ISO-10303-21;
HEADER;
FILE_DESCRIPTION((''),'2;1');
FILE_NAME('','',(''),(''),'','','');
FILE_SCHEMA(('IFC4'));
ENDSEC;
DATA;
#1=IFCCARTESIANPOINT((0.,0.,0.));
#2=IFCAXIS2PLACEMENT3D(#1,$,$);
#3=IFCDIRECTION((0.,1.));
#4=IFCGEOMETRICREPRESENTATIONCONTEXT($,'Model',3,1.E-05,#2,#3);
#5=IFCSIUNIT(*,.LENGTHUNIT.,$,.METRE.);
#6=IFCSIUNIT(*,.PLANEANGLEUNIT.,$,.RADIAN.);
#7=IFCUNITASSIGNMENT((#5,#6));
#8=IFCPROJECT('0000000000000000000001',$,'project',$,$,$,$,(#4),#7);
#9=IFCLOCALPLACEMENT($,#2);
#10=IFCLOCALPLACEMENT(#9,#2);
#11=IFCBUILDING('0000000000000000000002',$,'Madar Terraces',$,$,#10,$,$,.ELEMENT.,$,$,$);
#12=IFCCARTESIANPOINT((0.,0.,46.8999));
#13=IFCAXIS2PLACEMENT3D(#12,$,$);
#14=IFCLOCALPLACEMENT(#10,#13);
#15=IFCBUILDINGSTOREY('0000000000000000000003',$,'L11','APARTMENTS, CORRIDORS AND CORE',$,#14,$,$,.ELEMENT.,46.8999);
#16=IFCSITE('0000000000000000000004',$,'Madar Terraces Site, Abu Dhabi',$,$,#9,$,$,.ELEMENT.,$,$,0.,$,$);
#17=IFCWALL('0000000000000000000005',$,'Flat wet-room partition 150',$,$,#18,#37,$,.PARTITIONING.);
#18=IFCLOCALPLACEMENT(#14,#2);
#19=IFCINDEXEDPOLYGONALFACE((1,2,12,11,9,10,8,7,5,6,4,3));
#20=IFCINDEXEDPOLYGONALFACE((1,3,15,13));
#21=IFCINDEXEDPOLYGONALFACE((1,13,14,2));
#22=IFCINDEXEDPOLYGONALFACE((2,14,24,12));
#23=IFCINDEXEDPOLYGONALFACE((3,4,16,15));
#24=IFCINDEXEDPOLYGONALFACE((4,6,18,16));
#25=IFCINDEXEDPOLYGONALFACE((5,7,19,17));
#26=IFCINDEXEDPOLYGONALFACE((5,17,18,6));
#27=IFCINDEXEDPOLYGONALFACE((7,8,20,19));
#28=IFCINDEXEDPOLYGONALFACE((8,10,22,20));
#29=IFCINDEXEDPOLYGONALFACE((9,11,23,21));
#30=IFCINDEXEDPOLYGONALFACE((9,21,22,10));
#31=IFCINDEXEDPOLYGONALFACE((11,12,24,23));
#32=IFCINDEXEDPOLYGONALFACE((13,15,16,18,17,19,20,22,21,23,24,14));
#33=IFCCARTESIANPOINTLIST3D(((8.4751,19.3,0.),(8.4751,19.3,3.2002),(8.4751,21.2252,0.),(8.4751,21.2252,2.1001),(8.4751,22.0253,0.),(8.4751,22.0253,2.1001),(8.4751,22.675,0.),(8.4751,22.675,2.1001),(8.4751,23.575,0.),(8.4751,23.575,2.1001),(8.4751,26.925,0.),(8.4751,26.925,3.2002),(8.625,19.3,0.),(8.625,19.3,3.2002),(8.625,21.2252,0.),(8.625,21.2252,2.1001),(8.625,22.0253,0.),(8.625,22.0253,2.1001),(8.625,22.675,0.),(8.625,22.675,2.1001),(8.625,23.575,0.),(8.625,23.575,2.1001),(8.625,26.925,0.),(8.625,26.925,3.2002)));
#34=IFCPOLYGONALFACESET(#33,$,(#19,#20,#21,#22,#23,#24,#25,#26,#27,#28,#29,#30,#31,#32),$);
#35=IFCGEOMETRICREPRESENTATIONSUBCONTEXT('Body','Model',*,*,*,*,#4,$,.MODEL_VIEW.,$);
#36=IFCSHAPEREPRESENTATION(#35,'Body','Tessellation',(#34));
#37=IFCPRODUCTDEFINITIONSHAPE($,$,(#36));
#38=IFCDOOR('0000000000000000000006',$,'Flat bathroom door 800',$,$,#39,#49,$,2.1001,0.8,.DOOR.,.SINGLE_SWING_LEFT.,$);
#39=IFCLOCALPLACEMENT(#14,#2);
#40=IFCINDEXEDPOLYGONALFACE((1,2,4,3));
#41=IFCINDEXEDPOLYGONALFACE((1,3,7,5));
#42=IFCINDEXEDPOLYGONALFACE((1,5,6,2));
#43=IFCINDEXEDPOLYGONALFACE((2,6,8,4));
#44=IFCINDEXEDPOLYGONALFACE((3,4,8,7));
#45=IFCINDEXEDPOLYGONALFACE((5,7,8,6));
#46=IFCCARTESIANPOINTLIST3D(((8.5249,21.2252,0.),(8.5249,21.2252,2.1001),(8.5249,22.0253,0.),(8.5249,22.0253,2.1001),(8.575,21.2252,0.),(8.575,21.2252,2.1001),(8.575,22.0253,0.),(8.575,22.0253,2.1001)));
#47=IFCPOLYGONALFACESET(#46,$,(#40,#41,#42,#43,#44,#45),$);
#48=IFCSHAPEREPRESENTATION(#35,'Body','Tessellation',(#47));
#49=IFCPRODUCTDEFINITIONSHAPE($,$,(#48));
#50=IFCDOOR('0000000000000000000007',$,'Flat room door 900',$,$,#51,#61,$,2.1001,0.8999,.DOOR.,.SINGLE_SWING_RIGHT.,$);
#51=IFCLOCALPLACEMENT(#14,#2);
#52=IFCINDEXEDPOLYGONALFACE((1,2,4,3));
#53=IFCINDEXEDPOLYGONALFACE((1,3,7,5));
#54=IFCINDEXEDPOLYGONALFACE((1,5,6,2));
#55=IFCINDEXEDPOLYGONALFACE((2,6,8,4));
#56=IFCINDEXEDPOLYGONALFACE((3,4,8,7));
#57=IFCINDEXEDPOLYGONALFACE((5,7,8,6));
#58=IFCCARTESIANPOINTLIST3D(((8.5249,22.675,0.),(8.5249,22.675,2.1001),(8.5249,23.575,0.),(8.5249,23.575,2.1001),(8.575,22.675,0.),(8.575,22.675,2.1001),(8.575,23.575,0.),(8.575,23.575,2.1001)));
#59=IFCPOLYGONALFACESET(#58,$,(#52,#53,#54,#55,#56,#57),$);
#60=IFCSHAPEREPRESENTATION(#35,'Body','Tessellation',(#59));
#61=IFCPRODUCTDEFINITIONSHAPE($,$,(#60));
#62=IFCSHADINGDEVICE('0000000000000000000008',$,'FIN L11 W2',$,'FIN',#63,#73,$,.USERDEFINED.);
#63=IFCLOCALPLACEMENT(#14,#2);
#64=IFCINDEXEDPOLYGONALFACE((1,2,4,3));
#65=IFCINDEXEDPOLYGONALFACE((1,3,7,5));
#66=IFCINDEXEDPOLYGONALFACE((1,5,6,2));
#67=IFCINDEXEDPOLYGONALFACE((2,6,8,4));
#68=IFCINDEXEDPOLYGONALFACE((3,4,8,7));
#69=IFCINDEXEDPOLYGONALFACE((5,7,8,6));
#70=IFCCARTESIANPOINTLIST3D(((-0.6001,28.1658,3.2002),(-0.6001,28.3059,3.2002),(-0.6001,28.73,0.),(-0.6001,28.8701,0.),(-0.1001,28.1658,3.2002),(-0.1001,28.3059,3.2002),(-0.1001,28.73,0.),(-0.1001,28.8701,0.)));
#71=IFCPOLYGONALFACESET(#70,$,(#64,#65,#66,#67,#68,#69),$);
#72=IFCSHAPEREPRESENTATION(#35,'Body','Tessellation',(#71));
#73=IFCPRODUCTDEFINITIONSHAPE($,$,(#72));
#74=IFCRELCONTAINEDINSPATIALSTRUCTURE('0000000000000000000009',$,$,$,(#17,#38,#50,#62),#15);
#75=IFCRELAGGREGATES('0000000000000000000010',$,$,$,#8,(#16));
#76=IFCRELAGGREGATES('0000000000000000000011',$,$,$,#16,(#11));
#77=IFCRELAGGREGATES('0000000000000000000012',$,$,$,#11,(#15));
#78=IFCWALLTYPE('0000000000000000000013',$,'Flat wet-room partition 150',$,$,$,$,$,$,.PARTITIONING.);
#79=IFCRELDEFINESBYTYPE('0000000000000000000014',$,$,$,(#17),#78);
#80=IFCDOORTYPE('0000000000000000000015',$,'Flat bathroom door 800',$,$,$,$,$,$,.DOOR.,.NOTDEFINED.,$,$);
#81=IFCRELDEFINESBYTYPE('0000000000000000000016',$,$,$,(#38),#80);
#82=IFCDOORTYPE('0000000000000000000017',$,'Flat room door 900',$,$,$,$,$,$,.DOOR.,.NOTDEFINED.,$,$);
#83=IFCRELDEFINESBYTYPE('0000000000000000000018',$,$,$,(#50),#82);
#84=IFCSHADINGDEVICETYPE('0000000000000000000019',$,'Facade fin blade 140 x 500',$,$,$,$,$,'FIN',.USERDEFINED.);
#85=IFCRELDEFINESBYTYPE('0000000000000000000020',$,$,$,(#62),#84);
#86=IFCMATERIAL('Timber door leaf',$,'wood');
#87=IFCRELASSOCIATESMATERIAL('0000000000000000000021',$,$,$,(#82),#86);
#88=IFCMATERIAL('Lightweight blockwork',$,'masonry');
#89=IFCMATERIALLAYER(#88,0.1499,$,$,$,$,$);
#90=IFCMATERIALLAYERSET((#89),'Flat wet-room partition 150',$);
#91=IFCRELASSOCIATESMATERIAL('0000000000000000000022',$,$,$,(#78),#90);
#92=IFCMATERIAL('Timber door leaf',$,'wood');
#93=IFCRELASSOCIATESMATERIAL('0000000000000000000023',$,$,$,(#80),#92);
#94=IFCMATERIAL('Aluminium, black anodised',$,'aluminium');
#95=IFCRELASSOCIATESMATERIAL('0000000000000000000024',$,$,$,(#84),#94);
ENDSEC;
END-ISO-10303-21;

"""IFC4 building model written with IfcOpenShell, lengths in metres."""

from ifc_helpers import new_model, si_unit, direction, frame, frame_2d, origin, place, context, subcontext, project, spatial, polyline, rectangle, outline, extrude, material, layer, layer_set, type_object, element, fill, save


model = new_model("IFC4")

# Units and contexts
model_context = context("Model", 3, precision=1e-05, world=origin(), true_north=direction((0.0, 1.0)))
body_context = subcontext(model_context, "Body", "Model", "MODEL_VIEW")
ifc_project = project(units=[si_unit("LENGTHUNIT", "METRE"), si_unit("PLANEANGLEUNIT", "RADIAN")], contexts=[model_context])

# Site, building, storey
site_placement = place(None, origin())
site = spatial("IfcSite", under=ifc_project, at=site_placement, Name="Madar Terraces Site, Abu Dhabi", CompositionType="ELEMENT", RefElevation=0.0)
building_placement = place(site_placement, origin())
building = spatial("IfcBuilding", under=site, at=building_placement, Name="Madar Terraces", CompositionType="ELEMENT")
storey_placement = place(building_placement, frame((0.0, 0.0, 46.8999)))
storey = spatial("IfcBuildingStorey", under=building, at=storey_placement, Name="L11", Description="APARTMENTS, CORRIDORS AND CORE", CompositionType="ELEMENT", Elevation=46.8999)

# Shared definitions
ifc_material_1 = material(Name="Timber door leaf", Category="wood")
door_type_1 = type_object("IfcDoorType", Name="Flat room door 900", OperationType="NOTDEFINED", PredefinedType="DOOR", material=ifc_material_1)

# Wall, openings, doors
ifc_material_2 = material(Name="Lightweight blockwork", Category="masonry")
ifc_layer_1 = layer(ifc_material_2, 0.1499)
ifc_layer_set_1 = layer_set([ifc_layer_1], Name="Flat wet-room partition 150")
wall_type_1 = type_object("IfcWallType", Name="Flat wet-room partition 150", PredefinedType="PARTITIONING", material=ifc_layer_set_1)
ifc_material_3 = material(Name="Timber door leaf", Category="wood")
door_type_2 = type_object("IfcDoorType", Name="Flat bathroom door 800", OperationType="NOTDEFINED", PredefinedType="DOOR", material=ifc_material_3)
wall_1_placement = place(storey_placement, frame((8.55, 26.925, 0.0), z_axis=(0.0, 0.0, 1.0), x_axis=(0.0, -1.0, 0.0)))
wall_1 = element("IfcWall", 1, at=wall_1_placement, inside=storey, type_object=wall_type_1, Name="Flat wet-room partition 150", PredefinedType="PARTITIONING", context=body_context, shape_type="SweptSolid", body=[
    extrude(rectangle(XDim=7.625, YDim=0.1499, at=frame_2d((3.8125, 0.0))), origin(), (0.0, 0.0, 1.0), 3.2002),
])
opening_1_placement = place(wall_1_placement, frame((3.3501, 0.0, 0.0)))
opening_1 = element("IfcOpeningElement", 2, at=opening_1_placement, cuts=wall_1, PredefinedType="OPENING", context=body_context, shape_type="SweptSolid", body=[
    extrude(rectangle(XDim=0.8999, YDim=2.1001, at=frame_2d((0.45, 1.05))), frame((0.0, 0.085, 0.0), z_axis=(0.0, -1.0, 0.0), x_axis=(1.0, 0.0, 0.0)), (0.0, 0.0, 1.0), 0.1699),
])
opening_2_placement = place(wall_1_placement, frame((4.8999, 0.0, 0.0)))
opening_2 = element("IfcOpeningElement", 3, at=opening_2_placement, cuts=wall_1, PredefinedType="OPENING", context=body_context, shape_type="SweptSolid", body=[
    extrude(rectangle(XDim=0.8, YDim=2.1001, at=frame_2d((0.3999, 1.05))), frame((0.0, 0.085, 0.0), z_axis=(0.0, -1.0, 0.0), x_axis=(1.0, 0.0, 0.0)), (0.0, 0.0, 1.0), 0.1699),
])
door_1_placement = place(opening_2_placement, origin())
door_1 = element("IfcDoor", 4, at=door_1_placement, inside=storey, type_object=door_type_2, Name="Flat bathroom door 800", OperationType="SINGLE_SWING_LEFT", OverallHeight=2.1001, OverallWidth=0.8, PredefinedType="DOOR", context=body_context, shape_type="SweptSolid", body=[
    extrude(rectangle(XDim=0.8, YDim=2.1001, at=frame_2d((0.3999, 1.05))), frame((0.0, 0.0249, 0.0), z_axis=(0.0, -1.0, 0.0), x_axis=(1.0, 0.0, 0.0)), (0.0, 0.0, 1.0), 0.05),
])
fill(opening_2, door_1)
door_2_placement = place(opening_1_placement, origin())
door_2 = element("IfcDoor", 5, at=door_2_placement, inside=storey, type_object=door_type_1, Name="Flat room door 900", OperationType="SINGLE_SWING_RIGHT", OverallHeight=2.1001, OverallWidth=0.8999, PredefinedType="DOOR", context=body_context, shape_type="SweptSolid", body=[
    extrude(rectangle(XDim=0.8999, YDim=2.1001, at=frame_2d((0.45, 1.05))), frame((0.0, 0.0249, 0.0), z_axis=(0.0, -1.0, 0.0), x_axis=(1.0, 0.0, 0.0)), (0.0, 0.0, 1.0), 0.05),
])
fill(opening_1, door_2)

# Shading device
ifc_material_4 = material(Name="Aluminium, black anodised", Category="aluminium")
shading_device_type = type_object("IfcShadingDeviceType", Name="Facade fin blade 140 x 500", ElementType="FIN", PredefinedType="USERDEFINED", material=ifc_material_4)
shading_device_placement = place(storey_placement, frame((-0.3501, 28.8701, 0.0), z_axis=(0.0, 0.0, 1.0), x_axis=(0.0, -1.0, 0.0)))
element("IfcShadingDevice", 6, at=shading_device_placement, inside=storey, type_object=shading_device_type, Name="FIN L11 W2", ObjectType="FIN", PredefinedType="USERDEFINED", context=body_context, shape_type="SweptSolid", body=[
    extrude(outline(polyline([(0.0, 0.0), (0.1401, 0.0), (0.7043, 3.2002), (0.5642, 3.2002), (0.0, 0.0)])), frame((0.0, 0.25, 0.0), z_axis=(0.0, -1.0, 0.0), x_axis=(1.0, 0.0, 0.0)), (0.0, 0.0, 1.0), 0.5),
])

save(model, "model.ifc")
